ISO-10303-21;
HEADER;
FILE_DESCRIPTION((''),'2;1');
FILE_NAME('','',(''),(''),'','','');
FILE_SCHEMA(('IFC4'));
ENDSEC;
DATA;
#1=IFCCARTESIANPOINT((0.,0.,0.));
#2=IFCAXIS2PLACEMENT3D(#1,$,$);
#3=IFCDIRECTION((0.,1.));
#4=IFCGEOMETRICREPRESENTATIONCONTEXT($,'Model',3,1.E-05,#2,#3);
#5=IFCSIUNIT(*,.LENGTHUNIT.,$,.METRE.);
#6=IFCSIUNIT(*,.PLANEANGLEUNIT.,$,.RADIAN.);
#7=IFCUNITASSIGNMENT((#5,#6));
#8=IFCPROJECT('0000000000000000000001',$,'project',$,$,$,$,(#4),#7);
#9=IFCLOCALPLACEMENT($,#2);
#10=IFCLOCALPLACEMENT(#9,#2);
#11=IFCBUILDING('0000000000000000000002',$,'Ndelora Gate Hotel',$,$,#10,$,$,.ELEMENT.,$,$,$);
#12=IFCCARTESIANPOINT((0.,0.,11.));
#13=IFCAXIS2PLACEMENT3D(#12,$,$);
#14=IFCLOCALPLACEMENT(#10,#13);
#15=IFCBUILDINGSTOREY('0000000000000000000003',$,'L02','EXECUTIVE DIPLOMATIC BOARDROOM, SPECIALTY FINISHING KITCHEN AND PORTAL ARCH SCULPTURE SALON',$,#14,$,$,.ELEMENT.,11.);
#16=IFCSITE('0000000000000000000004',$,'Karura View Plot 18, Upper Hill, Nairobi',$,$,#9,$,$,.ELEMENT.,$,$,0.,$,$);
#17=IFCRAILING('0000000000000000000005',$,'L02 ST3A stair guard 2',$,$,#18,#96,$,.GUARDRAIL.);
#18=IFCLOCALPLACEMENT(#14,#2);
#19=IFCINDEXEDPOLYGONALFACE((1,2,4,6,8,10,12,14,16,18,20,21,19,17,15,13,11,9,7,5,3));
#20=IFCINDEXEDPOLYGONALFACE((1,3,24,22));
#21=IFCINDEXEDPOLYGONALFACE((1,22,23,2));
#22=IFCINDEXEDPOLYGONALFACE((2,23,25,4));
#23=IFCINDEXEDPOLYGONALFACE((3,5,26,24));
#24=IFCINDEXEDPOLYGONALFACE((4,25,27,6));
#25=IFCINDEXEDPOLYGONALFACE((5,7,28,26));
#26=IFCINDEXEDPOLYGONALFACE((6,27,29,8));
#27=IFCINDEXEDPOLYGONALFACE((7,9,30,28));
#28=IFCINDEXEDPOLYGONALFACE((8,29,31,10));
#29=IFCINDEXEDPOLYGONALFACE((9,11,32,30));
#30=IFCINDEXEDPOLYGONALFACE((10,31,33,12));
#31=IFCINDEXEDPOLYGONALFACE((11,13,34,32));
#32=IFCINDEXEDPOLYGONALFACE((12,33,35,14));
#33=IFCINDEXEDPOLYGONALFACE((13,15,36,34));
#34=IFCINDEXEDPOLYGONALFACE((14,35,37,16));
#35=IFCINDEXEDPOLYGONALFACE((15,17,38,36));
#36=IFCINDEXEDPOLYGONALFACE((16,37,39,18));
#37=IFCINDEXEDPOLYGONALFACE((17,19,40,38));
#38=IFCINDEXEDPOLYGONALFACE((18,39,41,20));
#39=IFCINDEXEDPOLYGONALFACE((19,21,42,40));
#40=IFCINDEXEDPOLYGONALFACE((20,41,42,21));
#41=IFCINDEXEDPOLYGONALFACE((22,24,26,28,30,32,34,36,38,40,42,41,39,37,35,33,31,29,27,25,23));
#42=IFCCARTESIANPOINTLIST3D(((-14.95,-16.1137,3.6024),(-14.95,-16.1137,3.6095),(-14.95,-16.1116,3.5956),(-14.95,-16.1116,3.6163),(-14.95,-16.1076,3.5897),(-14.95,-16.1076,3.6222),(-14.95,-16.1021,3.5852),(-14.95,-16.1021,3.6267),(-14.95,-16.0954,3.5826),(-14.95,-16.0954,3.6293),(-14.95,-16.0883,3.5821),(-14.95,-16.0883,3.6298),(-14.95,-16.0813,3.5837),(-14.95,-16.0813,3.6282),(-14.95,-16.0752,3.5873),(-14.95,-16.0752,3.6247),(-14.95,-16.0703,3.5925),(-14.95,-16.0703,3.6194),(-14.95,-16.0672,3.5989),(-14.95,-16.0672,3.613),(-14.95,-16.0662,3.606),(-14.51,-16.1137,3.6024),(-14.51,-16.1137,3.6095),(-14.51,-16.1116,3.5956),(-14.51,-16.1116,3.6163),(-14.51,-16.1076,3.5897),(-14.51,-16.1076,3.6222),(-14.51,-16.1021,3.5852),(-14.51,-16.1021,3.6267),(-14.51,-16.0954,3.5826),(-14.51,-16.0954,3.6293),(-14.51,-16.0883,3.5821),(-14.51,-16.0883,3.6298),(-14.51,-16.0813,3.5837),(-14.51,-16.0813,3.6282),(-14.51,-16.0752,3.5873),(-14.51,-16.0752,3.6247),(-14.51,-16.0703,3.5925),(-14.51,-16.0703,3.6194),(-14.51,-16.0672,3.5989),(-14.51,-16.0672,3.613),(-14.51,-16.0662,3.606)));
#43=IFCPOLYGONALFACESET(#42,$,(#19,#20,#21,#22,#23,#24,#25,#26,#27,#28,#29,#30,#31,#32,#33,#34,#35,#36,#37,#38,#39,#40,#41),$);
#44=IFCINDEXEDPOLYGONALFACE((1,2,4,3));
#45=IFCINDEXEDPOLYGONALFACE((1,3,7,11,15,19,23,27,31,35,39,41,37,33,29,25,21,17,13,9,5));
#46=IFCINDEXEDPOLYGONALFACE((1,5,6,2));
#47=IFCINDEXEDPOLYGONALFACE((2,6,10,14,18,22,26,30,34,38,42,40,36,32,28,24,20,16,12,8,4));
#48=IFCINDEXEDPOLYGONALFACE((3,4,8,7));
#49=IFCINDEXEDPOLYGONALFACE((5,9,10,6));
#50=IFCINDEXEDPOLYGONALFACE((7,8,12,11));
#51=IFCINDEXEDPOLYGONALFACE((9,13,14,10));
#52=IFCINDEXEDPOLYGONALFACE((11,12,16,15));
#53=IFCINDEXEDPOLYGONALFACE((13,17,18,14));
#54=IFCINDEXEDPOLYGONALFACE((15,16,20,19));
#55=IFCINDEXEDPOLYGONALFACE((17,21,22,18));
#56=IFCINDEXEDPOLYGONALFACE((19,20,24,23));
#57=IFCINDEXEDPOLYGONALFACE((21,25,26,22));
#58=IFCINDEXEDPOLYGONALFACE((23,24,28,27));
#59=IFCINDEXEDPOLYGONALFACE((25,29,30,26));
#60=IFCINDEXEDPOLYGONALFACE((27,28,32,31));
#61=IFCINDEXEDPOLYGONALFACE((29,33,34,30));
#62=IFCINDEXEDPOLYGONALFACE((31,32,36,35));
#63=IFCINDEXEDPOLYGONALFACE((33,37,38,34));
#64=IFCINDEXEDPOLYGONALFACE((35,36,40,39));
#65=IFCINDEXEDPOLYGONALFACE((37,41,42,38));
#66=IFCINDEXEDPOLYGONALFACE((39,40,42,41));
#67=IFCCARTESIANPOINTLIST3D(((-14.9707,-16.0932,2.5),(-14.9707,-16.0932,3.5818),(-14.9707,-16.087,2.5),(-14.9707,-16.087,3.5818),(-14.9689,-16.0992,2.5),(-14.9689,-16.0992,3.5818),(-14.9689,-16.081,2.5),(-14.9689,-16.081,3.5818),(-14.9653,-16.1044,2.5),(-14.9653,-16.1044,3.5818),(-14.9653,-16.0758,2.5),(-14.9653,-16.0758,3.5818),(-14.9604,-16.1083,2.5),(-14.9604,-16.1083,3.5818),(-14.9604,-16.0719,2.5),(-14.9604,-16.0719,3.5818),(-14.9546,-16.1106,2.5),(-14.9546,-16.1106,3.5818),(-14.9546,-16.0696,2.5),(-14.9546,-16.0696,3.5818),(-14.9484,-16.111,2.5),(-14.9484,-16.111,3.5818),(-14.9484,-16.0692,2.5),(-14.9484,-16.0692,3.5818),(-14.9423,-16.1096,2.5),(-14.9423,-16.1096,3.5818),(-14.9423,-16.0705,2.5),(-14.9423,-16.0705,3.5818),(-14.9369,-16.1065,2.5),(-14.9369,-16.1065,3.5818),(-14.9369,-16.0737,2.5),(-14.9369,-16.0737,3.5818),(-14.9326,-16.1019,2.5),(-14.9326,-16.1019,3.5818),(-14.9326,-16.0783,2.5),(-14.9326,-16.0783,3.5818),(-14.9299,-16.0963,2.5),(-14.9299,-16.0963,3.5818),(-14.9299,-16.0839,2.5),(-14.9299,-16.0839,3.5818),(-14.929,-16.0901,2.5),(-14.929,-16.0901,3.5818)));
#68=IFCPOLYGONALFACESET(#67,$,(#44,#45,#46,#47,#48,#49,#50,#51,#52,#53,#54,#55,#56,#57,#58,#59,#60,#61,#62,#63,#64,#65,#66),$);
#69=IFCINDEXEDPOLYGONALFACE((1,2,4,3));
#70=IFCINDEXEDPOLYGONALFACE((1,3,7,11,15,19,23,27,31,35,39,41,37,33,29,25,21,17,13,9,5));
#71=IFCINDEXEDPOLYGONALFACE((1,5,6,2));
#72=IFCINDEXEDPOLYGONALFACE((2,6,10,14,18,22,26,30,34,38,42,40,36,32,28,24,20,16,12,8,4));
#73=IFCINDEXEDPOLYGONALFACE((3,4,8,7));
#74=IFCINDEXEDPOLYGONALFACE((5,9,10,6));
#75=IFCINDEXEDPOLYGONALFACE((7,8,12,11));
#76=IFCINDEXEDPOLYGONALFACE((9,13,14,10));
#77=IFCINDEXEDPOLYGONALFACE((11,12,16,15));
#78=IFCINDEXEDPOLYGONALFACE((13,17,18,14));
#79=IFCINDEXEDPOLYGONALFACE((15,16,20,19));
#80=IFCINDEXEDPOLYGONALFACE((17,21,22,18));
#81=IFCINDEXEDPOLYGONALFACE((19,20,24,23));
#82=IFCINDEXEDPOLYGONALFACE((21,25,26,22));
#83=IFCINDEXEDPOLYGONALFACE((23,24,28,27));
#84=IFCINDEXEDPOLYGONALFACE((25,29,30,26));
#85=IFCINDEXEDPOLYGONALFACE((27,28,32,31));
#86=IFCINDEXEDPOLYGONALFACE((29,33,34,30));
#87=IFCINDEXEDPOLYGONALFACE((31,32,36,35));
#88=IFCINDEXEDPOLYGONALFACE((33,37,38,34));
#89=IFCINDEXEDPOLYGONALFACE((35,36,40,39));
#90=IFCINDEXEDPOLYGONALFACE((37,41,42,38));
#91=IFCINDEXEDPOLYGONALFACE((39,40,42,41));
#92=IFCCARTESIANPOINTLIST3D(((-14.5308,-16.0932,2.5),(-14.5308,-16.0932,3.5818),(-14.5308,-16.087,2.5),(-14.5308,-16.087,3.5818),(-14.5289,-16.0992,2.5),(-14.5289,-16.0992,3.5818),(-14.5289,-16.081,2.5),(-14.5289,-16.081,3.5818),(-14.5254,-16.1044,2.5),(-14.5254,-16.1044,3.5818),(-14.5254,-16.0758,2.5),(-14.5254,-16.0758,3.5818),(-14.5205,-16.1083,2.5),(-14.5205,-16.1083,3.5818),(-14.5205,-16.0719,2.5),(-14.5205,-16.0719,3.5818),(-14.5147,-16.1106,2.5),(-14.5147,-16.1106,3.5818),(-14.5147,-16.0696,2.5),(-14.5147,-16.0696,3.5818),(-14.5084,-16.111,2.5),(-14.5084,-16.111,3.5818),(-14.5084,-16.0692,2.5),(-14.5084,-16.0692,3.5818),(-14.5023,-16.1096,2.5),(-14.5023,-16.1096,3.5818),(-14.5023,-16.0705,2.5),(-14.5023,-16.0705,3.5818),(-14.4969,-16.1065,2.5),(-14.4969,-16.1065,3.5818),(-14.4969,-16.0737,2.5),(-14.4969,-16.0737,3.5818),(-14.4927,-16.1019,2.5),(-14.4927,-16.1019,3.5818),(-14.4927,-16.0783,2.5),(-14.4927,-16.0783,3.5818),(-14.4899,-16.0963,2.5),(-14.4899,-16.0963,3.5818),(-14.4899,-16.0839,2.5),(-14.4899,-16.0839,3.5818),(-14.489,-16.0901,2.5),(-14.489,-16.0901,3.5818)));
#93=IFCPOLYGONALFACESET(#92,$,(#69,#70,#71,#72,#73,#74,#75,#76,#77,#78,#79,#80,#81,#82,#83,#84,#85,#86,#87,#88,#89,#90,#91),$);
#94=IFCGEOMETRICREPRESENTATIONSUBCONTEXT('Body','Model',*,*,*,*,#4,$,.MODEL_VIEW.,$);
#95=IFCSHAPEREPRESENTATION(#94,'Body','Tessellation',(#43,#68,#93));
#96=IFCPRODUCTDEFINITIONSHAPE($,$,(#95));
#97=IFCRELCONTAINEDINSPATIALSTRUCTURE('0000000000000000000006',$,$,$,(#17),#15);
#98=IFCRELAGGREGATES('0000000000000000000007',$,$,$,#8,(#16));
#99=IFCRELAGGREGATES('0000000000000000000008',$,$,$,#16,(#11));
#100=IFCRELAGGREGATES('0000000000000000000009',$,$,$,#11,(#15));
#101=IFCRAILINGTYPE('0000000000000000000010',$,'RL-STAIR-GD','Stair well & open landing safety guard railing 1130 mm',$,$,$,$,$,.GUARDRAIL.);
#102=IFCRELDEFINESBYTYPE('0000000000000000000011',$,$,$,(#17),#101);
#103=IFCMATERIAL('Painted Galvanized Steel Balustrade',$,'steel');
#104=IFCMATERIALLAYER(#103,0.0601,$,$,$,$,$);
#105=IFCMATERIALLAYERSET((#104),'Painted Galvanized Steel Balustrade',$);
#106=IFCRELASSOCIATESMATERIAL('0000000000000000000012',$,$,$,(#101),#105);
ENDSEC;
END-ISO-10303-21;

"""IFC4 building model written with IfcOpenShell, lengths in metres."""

from ifc_helpers import new_model, si_unit, direction, frame, origin, origin_2d, place, context, subcontext, project, spatial, circle, extrude, material, layer, layer_set, type_object, element, save


model = new_model("IFC4")

# Units and contexts
model_context = context("Model", 3, precision=1e-05, world=origin(), true_north=direction((0.0, 1.0)))
body_context = subcontext(model_context, "Body", "Model", "MODEL_VIEW")
ifc_project = project(units=[si_unit("LENGTHUNIT", "METRE"), si_unit("PLANEANGLEUNIT", "RADIAN")], contexts=[model_context])

# Site, building, storey
site_placement = place(None, origin())
site = spatial("IfcSite", under=ifc_project, at=site_placement, Name="Karura View Plot 18, Upper Hill, Nairobi", CompositionType="ELEMENT", RefElevation=0.0)
building_placement = place(site_placement, origin())
building = spatial("IfcBuilding", under=site, at=building_placement, Name="Ndelora Gate Hotel", CompositionType="ELEMENT")
storey_placement = place(building_placement, frame((0.0, 0.0, 11.0)))
storey = spatial("IfcBuildingStorey", under=building, at=storey_placement, Name="L02", Description="EXECUTIVE DIPLOMATIC BOARDROOM, SPECIALTY FINISHING KITCHEN AND PORTAL ARCH SCULPTURE SALON", CompositionType="ELEMENT", Elevation=11.0)

# Railing
ifc_material_1 = material(Name="Painted Galvanized Steel Balustrade", Category="steel")
ifc_layer_1 = layer(ifc_material_1, 0.0601)
ifc_layer_set_1 = layer_set([ifc_layer_1], Name="Painted Galvanized Steel Balustrade")
railing_type_1 = type_object("IfcRailingType", Name="RL-STAIR-GD", Description="Stair well & open landing safety guard railing 1130 mm", PredefinedType="GUARDRAIL", material=ifc_layer_set_1)
railing_1_placement = place(storey_placement, frame((-14.95, -16.0901, 2.5)))
element("IfcRailing", 1, at=railing_1_placement, inside=storey, type_object=railing_type_1, Name="L02 ST3A stair guard 2", PredefinedType="GUARDRAIL", context=body_context, shape_type="SweptSolid", body=[
    extrude(circle(Radius=0.0239, at=origin_2d()), frame((0.0, 0.0, 1.106), z_axis=(1.0, 0.0, 0.0), x_axis=(0.0, 1.0, 0.0)), (0.0, 0.0, 1.0), 0.4399),
    extrude(circle(Radius=0.021, at=origin_2d()), origin(), (0.0, 0.0, 1.0), 1.0818),
    extrude(circle(Radius=0.021, at=origin_2d()), frame((0.4399, 0.0, 0.0)), (0.0, 0.0, 1.0), 1.0818),
])

save(model, "model.ifc")
